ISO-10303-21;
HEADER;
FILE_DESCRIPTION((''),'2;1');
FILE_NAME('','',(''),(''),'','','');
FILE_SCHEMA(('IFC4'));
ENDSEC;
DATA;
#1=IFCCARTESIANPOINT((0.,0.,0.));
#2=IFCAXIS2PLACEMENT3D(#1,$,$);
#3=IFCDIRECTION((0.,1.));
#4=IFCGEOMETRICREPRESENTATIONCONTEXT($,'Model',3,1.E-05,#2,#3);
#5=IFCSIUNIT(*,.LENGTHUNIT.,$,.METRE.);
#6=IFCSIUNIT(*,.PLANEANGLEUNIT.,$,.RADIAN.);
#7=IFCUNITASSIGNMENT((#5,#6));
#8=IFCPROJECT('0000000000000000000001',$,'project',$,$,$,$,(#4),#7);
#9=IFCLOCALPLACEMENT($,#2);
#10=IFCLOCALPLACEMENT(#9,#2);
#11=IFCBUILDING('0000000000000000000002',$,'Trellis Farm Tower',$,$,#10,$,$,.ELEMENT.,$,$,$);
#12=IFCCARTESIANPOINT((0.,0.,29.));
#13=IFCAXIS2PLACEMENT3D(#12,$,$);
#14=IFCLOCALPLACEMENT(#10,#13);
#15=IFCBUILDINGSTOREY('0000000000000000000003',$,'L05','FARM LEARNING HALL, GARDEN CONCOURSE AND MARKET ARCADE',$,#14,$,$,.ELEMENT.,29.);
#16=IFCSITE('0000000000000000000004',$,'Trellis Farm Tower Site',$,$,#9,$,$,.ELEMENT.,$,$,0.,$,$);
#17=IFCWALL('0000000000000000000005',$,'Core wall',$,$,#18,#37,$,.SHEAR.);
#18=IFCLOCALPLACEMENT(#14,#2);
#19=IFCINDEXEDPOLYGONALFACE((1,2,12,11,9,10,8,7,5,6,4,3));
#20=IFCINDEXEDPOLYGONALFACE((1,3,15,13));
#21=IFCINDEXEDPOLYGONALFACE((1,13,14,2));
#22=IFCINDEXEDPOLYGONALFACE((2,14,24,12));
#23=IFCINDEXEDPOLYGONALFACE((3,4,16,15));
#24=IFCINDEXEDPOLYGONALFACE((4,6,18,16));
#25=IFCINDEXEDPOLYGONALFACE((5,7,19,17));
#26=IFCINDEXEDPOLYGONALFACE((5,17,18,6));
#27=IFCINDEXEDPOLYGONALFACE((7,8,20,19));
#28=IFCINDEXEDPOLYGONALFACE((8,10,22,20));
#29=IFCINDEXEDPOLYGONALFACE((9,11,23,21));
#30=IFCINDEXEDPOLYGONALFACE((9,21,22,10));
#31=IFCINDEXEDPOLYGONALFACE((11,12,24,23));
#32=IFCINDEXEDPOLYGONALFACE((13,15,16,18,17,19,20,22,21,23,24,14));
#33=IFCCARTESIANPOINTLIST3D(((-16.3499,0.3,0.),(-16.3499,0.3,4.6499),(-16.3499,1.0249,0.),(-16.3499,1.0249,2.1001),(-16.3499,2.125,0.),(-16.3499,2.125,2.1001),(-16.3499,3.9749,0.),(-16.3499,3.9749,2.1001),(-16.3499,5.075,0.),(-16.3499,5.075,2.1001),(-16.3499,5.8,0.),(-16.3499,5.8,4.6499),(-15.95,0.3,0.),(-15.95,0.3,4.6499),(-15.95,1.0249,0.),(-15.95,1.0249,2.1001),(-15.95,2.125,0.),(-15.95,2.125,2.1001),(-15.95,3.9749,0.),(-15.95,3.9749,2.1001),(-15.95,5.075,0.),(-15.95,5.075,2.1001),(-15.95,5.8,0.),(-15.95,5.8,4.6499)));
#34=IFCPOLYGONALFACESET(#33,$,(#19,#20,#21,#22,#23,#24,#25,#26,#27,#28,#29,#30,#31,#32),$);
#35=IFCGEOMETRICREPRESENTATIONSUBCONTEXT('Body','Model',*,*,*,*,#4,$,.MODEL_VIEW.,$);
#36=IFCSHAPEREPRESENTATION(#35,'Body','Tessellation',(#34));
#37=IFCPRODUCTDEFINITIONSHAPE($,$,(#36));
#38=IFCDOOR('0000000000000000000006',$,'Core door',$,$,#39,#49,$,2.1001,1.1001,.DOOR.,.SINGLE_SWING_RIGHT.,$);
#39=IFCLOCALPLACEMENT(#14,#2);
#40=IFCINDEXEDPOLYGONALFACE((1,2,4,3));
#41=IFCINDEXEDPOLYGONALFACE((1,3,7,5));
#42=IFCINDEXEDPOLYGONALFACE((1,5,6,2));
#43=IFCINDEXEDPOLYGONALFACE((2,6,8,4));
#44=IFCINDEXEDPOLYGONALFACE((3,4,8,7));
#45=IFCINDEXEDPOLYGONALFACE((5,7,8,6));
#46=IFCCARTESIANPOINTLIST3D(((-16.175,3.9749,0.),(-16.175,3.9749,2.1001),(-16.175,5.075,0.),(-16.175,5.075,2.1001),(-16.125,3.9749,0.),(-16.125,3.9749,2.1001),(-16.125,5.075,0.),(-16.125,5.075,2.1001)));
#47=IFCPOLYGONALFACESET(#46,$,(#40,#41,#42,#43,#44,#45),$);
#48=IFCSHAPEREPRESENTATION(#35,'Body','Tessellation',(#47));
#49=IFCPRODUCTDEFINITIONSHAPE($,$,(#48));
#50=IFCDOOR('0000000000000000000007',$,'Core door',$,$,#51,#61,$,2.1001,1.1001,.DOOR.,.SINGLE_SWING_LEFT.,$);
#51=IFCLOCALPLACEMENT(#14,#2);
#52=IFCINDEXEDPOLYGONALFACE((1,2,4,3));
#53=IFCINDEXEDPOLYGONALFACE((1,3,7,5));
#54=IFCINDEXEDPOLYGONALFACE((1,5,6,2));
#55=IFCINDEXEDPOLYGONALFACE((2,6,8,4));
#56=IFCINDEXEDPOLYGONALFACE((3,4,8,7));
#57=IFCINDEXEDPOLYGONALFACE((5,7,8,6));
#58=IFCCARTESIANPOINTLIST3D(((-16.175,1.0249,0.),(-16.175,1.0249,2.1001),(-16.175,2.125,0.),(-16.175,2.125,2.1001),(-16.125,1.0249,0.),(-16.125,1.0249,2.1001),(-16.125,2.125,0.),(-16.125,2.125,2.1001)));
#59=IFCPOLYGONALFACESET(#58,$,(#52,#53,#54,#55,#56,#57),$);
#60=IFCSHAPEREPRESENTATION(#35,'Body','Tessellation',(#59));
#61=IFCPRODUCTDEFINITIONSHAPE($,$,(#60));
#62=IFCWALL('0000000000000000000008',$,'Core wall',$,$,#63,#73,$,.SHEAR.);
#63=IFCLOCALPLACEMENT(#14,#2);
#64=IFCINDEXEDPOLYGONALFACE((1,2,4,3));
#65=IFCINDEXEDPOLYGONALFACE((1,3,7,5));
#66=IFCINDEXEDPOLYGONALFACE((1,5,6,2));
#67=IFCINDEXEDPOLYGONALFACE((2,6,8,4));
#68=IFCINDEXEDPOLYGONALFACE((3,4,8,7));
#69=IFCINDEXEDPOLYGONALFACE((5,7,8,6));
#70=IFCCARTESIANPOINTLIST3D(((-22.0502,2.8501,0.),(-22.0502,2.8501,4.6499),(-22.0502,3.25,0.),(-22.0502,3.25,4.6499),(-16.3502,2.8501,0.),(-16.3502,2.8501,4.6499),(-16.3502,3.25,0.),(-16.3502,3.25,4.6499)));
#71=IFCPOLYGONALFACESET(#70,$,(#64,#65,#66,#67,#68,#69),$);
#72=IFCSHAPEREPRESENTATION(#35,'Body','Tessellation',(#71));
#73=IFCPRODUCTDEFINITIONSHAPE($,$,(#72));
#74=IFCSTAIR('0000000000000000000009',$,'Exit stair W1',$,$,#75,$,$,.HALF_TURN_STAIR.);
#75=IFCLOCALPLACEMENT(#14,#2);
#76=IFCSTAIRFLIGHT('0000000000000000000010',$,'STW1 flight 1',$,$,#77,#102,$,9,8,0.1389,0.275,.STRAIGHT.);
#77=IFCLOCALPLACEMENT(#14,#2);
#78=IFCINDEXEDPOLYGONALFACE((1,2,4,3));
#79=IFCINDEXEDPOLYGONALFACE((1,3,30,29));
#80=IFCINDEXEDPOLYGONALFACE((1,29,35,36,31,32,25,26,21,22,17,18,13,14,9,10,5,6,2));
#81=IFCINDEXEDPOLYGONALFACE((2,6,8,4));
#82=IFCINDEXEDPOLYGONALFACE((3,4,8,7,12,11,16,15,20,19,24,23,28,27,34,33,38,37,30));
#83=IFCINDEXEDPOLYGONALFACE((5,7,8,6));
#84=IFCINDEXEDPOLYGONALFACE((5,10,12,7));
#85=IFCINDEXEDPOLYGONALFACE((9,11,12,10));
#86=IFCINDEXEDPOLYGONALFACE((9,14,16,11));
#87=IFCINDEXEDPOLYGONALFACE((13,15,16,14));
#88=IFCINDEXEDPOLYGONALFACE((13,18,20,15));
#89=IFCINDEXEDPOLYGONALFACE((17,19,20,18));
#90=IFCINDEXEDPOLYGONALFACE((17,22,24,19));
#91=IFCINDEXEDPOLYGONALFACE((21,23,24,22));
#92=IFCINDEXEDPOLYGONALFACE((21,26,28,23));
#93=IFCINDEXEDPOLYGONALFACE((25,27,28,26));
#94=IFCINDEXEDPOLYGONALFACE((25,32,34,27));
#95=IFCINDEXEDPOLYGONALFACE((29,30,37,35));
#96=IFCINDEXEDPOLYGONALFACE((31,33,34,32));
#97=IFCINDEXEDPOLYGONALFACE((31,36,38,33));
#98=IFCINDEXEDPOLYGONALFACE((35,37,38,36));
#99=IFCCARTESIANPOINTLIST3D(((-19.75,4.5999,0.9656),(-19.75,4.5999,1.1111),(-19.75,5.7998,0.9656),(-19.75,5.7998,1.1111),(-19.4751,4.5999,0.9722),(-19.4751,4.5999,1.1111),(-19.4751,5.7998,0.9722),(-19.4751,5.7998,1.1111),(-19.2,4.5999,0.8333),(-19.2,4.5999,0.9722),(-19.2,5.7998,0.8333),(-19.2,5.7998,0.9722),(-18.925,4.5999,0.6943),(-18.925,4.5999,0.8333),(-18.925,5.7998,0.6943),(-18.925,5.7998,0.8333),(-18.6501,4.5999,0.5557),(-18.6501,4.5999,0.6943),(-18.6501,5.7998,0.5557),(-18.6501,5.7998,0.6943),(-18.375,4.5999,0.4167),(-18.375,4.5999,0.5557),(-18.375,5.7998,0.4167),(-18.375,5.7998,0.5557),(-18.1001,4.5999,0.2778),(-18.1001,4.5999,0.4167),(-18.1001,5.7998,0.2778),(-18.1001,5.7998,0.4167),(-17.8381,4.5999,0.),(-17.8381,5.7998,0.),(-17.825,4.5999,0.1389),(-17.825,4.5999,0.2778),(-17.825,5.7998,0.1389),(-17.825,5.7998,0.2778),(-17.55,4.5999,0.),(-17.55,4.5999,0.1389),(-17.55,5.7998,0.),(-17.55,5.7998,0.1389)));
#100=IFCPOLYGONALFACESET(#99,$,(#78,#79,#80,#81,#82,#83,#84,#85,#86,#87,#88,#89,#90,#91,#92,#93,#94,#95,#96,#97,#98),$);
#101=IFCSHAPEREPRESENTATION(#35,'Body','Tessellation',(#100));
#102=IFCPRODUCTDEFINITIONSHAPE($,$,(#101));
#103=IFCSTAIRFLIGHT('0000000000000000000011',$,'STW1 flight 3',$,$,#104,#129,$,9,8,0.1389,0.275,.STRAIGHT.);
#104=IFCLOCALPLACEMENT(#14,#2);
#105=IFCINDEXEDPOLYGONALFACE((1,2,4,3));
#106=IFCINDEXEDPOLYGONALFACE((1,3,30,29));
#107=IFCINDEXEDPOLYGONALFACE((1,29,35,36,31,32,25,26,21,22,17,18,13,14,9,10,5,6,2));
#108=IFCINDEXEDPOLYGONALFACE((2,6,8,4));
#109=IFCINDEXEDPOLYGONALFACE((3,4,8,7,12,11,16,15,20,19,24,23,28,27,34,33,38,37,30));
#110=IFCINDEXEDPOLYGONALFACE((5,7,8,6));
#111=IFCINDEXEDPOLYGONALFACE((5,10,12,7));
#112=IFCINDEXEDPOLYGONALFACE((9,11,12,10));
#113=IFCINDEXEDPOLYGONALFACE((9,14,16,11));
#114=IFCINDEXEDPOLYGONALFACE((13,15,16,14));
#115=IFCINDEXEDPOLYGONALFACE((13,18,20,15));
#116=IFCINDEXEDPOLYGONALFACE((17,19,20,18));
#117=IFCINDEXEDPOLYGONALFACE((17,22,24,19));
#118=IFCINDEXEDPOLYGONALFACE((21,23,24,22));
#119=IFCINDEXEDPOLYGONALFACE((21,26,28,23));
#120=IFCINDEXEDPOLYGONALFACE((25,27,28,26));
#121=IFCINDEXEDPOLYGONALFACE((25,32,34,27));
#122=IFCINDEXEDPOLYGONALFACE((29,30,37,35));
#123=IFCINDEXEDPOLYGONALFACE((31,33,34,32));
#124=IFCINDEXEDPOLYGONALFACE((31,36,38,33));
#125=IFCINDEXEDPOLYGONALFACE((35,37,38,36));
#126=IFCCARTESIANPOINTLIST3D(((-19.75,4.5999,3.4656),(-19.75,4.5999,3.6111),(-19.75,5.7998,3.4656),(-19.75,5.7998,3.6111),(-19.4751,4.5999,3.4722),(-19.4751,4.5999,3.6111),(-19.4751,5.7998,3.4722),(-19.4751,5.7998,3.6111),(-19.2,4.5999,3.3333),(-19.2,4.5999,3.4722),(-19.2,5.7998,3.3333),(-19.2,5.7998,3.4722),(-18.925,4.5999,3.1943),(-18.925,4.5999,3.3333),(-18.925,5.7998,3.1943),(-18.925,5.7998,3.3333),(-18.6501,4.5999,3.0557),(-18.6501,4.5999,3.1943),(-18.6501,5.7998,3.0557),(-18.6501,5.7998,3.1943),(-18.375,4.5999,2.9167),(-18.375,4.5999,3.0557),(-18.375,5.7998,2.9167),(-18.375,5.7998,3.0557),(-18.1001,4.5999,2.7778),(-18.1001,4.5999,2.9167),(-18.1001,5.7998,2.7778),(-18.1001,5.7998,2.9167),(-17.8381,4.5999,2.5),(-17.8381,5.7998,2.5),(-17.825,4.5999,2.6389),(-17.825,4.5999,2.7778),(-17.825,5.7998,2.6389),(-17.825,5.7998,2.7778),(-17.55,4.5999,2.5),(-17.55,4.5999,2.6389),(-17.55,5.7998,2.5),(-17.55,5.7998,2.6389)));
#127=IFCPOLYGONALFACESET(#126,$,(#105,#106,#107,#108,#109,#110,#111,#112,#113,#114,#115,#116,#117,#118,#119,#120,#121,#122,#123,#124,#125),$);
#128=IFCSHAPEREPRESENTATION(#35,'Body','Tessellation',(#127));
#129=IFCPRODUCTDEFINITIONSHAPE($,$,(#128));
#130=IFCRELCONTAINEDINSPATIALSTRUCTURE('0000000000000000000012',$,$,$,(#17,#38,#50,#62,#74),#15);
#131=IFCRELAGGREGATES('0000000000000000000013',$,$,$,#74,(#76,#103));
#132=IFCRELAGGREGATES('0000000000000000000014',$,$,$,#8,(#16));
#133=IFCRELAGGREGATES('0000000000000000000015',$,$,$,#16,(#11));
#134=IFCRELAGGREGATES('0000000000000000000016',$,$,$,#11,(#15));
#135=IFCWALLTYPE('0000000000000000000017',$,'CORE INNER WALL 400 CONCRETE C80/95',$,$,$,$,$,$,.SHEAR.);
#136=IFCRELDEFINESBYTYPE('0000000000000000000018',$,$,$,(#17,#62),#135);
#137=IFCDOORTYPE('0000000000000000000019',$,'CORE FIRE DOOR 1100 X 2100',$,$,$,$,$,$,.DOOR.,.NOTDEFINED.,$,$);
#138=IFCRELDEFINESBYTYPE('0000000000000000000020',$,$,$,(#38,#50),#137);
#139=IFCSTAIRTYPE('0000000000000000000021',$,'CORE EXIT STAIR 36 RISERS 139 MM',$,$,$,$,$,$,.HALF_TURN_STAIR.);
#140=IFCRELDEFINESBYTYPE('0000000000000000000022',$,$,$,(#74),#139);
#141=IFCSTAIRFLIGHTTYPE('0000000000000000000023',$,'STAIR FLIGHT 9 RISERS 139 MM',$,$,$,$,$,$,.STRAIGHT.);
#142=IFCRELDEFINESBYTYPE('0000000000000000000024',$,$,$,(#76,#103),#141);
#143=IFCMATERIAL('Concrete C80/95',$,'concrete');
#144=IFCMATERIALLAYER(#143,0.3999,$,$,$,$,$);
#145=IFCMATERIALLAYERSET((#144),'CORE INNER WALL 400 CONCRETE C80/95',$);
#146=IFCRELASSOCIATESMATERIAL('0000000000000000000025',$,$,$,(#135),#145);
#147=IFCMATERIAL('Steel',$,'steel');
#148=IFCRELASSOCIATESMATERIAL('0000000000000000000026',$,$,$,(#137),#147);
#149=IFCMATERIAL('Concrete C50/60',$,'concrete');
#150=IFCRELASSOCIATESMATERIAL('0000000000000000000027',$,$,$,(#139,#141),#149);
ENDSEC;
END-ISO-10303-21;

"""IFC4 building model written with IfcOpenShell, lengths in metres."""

from ifc_helpers import new_model, si_unit, direction, frame, frame_2d, origin, place, context, subcontext, project, spatial, polyline, rectangle, outline, extrude, source, transform, mapped, material, layer, layer_set, type_object, element, fill, aggregate, save


model = new_model("IFC4")

# Units and contexts
model_context = context("Model", 3, precision=1e-05, world=origin(), true_north=direction((0.0, 1.0)))
body_context = subcontext(model_context, "Body", "Model", "MODEL_VIEW")
ifc_project = project(units=[si_unit("LENGTHUNIT", "METRE"), si_unit("PLANEANGLEUNIT", "RADIAN")], contexts=[model_context])

# Site, building, storey
site_placement = place(None, origin())
site = spatial("IfcSite", under=ifc_project, at=site_placement, Name="Trellis Farm Tower Site", CompositionType="ELEMENT", RefElevation=0.0)
building_placement = place(site_placement, origin())
building = spatial("IfcBuilding", under=site, at=building_placement, Name="Trellis Farm Tower", CompositionType="ELEMENT")
storey_placement = place(building_placement, frame((0.0, 0.0, 29.0)))
storey = spatial("IfcBuildingStorey", under=building, at=storey_placement, Name="L05", Description="FARM LEARNING HALL, GARDEN CONCOURSE AND MARKET ARCADE", CompositionType="ELEMENT", Elevation=29.0)

# Shared definitions
ifc_material_1 = material(Name="Concrete C80/95", Category="concrete")
ifc_material_2 = material(Name="Steel", Category="steel")

# Shared definitions
ifc_layer_1 = layer(ifc_material_1, 0.3999)
ifc_layer_set_1 = layer_set([ifc_layer_1], Name="CORE INNER WALL 400 CONCRETE C80/95")
wall_type_1 = type_object("IfcWallType", Name="CORE INNER WALL 400 CONCRETE C80/95", PredefinedType="SHEAR", material=ifc_layer_set_1)

# Shared definitions
shared_shape_1 = source(origin(), body_context, "Body", "SweptSolid", [
    extrude(rectangle(XDim=1.1001, YDim=2.1001, at=frame_2d((0.55, 1.05))), frame((0.0, 0.21, 0.0), z_axis=(0.0, -1.0, 0.0), x_axis=(1.0, 0.0, 0.0)), (0.0, 0.0, 1.0), 0.4199),
])
shared_shape_2 = source(origin(), body_context, "Body", "SweptSolid", [
    extrude(rectangle(XDim=1.1001, YDim=2.1001, at=frame_2d((0.55, 1.05))), frame((0.0, 0.0249, 0.0), z_axis=(0.0, -1.0, 0.0), x_axis=(1.0, 0.0, 0.0)), (0.0, 0.0, 1.0), 0.05),
])

# Wall, openings, doors
shared_shape_3 = source(origin(), body_context, "Body", "SweptSolid", [
    extrude(rectangle(XDim=5.5, YDim=0.3999, at=frame_2d((2.75, 0.0))), origin(), (0.0, 0.0, 1.0), 4.6499),
])
wall_1_placement = place(storey_placement, frame((-16.1499, 5.8, 0.0), z_axis=(0.0, 0.0, 1.0), x_axis=(0.0, -1.0, 0.0)))
wall_1 = element("IfcWall", 1, at=wall_1_placement, inside=storey, type_object=wall_type_1, Name="Core wall", PredefinedType="SHEAR", context=body_context, shape_type="MappedRepresentation", body=[
    mapped(shared_shape_3, transform((0.0, 0.0, 0.0))),
])
opening_1_placement = place(wall_1_placement, frame((0.7251, 0.0, 0.0)))
opening_1 = element("IfcOpeningElement", 2, at=opening_1_placement, cuts=wall_1, PredefinedType="OPENING", context=body_context, shape_type="MappedRepresentation", body=[
    mapped(shared_shape_1, transform((0.0, 0.0, 0.0))),
])
opening_2_placement = place(wall_1_placement, frame((3.675, 0.0, 0.0)))
opening_2 = element("IfcOpeningElement", 3, at=opening_2_placement, cuts=wall_1, PredefinedType="OPENING", context=body_context, shape_type="MappedRepresentation", body=[
    mapped(shared_shape_1, transform((0.0, 0.0, 0.0))),
])
door_type_1 = type_object("IfcDoorType", Name="CORE FIRE DOOR 1100 X 2100", OperationType="NOTDEFINED", PredefinedType="DOOR", material=ifc_material_2)
door_1_placement = place(opening_1_placement, origin())
door_1 = element("IfcDoor", 4, at=door_1_placement, inside=storey, type_object=door_type_1, Name="Core door", OperationType="SINGLE_SWING_RIGHT", OverallHeight=2.1001, OverallWidth=1.1001, PredefinedType="DOOR", context=body_context, shape_type="MappedRepresentation", body=[
    mapped(shared_shape_2, transform((0.0, 0.0, 0.0))),
])
fill(opening_1, door_1)
door_2_placement = place(opening_2_placement, origin())
door_2 = element("IfcDoor", 5, at=door_2_placement, inside=storey, type_object=door_type_1, Name="Core door", OperationType="SINGLE_SWING_LEFT", OverallHeight=2.1001, OverallWidth=1.1001, PredefinedType="DOOR", context=body_context, shape_type="MappedRepresentation", body=[
    mapped(shared_shape_2, transform((0.0, 0.0, 0.0))),
])
fill(opening_2, door_2)

# Wall
shared_shape_4 = source(origin(), body_context, "Body", "SweptSolid", [
    extrude(rectangle(XDim=5.7, YDim=0.3999, at=frame_2d((2.8501, 0.0))), origin(), (0.0, 0.0, 1.0), 4.6499),
])
wall_2_placement = place(storey_placement, frame((-16.3501, 3.05, 0.0), z_axis=(0.0, 0.0, 1.0), x_axis=(-1.0, 0.0, 0.0)))
element("IfcWall", 6, at=wall_2_placement, inside=storey, type_object=wall_type_1, Name="Core wall", PredefinedType="SHEAR", context=body_context, shape_type="MappedRepresentation", body=[
    mapped(shared_shape_4, transform((0.0, 0.0, 0.0))),
])

# Stair, stair flights
ifc_material_3 = material(Name="Concrete C50/60", Category="concrete")
stair_type = type_object("IfcStairType", Name="CORE EXIT STAIR 36 RISERS 139 MM", PredefinedType="HALF_TURN_STAIR", material=ifc_material_3)
stair_placement = place(storey_placement, origin())
stair = element("IfcStair", 7, at=stair_placement, inside=storey, type_object=stair_type, Name="Exit stair W1", PredefinedType="HALF_TURN_STAIR")
stair_flight_type = type_object("IfcStairFlightType", Name="STAIR FLIGHT 9 RISERS 139 MM", PredefinedType="STRAIGHT", material=ifc_material_3)
shared_shape_5 = source(origin(), body_context, "Body", "SweptSolid", [
    extrude(outline(polyline([(0.0, 0.0), (0.0, 0.1389), (0.2749, 0.1389), (0.2749, 0.2778), (0.55, 0.2778), (0.55, 0.4167), (0.825, 0.4167), (0.825, 0.5557), (1.1001, 0.5557), (1.1001, 0.6943), (1.375, 0.6943), (1.375, 0.8333), (1.6499, 0.8333), (1.6499, 0.9722), (1.925, 0.9722), (1.925, 1.1111), (2.2, 1.1111), (2.2, 1.25), (2.2, 0.9656), (0.2881, 0.0), (0.0, 0.0)])), frame((0.0, 0.6001, 0.0), z_axis=(0.0, -1.0, 0.0), x_axis=(1.0, 0.0, 0.0)), (0.0, 0.0, 1.0), 1.2),
])
stair_flight_1_placement = place(storey_placement, frame((-17.55, 5.2, 0.0), z_axis=(0.0, 0.0, 1.0), x_axis=(-1.0, 0.0, 0.0)))
stair_flight_1 = element("IfcStairFlight", 8, at=stair_flight_1_placement, type_object=stair_flight_type, Name="STW1 flight 1", NumberOfRisers=9, NumberOfTreads=8, PredefinedType="STRAIGHT", RiserHeight=0.1389, TreadLength=0.275, context=body_context, shape_type="MappedRepresentation", body=[
    mapped(shared_shape_5, transform((0.0, 0.0, 0.0))),
])
stair_flight_2_placement = place(storey_placement, frame((-17.55, 5.2, 2.5), z_axis=(0.0, 0.0, 1.0), x_axis=(-1.0, 0.0, 0.0)))
stair_flight_2 = element("IfcStairFlight", 9, at=stair_flight_2_placement, type_object=stair_flight_type, Name="STW1 flight 3", NumberOfRisers=9, NumberOfTreads=8, PredefinedType="STRAIGHT", RiserHeight=0.1389, TreadLength=0.275, context=body_context, shape_type="MappedRepresentation", body=[
    mapped(shared_shape_5, transform((0.0, 0.0, 0.0))),
])
aggregate(stair, [stair_flight_1, stair_flight_2])

save(model, "model.ifc")
